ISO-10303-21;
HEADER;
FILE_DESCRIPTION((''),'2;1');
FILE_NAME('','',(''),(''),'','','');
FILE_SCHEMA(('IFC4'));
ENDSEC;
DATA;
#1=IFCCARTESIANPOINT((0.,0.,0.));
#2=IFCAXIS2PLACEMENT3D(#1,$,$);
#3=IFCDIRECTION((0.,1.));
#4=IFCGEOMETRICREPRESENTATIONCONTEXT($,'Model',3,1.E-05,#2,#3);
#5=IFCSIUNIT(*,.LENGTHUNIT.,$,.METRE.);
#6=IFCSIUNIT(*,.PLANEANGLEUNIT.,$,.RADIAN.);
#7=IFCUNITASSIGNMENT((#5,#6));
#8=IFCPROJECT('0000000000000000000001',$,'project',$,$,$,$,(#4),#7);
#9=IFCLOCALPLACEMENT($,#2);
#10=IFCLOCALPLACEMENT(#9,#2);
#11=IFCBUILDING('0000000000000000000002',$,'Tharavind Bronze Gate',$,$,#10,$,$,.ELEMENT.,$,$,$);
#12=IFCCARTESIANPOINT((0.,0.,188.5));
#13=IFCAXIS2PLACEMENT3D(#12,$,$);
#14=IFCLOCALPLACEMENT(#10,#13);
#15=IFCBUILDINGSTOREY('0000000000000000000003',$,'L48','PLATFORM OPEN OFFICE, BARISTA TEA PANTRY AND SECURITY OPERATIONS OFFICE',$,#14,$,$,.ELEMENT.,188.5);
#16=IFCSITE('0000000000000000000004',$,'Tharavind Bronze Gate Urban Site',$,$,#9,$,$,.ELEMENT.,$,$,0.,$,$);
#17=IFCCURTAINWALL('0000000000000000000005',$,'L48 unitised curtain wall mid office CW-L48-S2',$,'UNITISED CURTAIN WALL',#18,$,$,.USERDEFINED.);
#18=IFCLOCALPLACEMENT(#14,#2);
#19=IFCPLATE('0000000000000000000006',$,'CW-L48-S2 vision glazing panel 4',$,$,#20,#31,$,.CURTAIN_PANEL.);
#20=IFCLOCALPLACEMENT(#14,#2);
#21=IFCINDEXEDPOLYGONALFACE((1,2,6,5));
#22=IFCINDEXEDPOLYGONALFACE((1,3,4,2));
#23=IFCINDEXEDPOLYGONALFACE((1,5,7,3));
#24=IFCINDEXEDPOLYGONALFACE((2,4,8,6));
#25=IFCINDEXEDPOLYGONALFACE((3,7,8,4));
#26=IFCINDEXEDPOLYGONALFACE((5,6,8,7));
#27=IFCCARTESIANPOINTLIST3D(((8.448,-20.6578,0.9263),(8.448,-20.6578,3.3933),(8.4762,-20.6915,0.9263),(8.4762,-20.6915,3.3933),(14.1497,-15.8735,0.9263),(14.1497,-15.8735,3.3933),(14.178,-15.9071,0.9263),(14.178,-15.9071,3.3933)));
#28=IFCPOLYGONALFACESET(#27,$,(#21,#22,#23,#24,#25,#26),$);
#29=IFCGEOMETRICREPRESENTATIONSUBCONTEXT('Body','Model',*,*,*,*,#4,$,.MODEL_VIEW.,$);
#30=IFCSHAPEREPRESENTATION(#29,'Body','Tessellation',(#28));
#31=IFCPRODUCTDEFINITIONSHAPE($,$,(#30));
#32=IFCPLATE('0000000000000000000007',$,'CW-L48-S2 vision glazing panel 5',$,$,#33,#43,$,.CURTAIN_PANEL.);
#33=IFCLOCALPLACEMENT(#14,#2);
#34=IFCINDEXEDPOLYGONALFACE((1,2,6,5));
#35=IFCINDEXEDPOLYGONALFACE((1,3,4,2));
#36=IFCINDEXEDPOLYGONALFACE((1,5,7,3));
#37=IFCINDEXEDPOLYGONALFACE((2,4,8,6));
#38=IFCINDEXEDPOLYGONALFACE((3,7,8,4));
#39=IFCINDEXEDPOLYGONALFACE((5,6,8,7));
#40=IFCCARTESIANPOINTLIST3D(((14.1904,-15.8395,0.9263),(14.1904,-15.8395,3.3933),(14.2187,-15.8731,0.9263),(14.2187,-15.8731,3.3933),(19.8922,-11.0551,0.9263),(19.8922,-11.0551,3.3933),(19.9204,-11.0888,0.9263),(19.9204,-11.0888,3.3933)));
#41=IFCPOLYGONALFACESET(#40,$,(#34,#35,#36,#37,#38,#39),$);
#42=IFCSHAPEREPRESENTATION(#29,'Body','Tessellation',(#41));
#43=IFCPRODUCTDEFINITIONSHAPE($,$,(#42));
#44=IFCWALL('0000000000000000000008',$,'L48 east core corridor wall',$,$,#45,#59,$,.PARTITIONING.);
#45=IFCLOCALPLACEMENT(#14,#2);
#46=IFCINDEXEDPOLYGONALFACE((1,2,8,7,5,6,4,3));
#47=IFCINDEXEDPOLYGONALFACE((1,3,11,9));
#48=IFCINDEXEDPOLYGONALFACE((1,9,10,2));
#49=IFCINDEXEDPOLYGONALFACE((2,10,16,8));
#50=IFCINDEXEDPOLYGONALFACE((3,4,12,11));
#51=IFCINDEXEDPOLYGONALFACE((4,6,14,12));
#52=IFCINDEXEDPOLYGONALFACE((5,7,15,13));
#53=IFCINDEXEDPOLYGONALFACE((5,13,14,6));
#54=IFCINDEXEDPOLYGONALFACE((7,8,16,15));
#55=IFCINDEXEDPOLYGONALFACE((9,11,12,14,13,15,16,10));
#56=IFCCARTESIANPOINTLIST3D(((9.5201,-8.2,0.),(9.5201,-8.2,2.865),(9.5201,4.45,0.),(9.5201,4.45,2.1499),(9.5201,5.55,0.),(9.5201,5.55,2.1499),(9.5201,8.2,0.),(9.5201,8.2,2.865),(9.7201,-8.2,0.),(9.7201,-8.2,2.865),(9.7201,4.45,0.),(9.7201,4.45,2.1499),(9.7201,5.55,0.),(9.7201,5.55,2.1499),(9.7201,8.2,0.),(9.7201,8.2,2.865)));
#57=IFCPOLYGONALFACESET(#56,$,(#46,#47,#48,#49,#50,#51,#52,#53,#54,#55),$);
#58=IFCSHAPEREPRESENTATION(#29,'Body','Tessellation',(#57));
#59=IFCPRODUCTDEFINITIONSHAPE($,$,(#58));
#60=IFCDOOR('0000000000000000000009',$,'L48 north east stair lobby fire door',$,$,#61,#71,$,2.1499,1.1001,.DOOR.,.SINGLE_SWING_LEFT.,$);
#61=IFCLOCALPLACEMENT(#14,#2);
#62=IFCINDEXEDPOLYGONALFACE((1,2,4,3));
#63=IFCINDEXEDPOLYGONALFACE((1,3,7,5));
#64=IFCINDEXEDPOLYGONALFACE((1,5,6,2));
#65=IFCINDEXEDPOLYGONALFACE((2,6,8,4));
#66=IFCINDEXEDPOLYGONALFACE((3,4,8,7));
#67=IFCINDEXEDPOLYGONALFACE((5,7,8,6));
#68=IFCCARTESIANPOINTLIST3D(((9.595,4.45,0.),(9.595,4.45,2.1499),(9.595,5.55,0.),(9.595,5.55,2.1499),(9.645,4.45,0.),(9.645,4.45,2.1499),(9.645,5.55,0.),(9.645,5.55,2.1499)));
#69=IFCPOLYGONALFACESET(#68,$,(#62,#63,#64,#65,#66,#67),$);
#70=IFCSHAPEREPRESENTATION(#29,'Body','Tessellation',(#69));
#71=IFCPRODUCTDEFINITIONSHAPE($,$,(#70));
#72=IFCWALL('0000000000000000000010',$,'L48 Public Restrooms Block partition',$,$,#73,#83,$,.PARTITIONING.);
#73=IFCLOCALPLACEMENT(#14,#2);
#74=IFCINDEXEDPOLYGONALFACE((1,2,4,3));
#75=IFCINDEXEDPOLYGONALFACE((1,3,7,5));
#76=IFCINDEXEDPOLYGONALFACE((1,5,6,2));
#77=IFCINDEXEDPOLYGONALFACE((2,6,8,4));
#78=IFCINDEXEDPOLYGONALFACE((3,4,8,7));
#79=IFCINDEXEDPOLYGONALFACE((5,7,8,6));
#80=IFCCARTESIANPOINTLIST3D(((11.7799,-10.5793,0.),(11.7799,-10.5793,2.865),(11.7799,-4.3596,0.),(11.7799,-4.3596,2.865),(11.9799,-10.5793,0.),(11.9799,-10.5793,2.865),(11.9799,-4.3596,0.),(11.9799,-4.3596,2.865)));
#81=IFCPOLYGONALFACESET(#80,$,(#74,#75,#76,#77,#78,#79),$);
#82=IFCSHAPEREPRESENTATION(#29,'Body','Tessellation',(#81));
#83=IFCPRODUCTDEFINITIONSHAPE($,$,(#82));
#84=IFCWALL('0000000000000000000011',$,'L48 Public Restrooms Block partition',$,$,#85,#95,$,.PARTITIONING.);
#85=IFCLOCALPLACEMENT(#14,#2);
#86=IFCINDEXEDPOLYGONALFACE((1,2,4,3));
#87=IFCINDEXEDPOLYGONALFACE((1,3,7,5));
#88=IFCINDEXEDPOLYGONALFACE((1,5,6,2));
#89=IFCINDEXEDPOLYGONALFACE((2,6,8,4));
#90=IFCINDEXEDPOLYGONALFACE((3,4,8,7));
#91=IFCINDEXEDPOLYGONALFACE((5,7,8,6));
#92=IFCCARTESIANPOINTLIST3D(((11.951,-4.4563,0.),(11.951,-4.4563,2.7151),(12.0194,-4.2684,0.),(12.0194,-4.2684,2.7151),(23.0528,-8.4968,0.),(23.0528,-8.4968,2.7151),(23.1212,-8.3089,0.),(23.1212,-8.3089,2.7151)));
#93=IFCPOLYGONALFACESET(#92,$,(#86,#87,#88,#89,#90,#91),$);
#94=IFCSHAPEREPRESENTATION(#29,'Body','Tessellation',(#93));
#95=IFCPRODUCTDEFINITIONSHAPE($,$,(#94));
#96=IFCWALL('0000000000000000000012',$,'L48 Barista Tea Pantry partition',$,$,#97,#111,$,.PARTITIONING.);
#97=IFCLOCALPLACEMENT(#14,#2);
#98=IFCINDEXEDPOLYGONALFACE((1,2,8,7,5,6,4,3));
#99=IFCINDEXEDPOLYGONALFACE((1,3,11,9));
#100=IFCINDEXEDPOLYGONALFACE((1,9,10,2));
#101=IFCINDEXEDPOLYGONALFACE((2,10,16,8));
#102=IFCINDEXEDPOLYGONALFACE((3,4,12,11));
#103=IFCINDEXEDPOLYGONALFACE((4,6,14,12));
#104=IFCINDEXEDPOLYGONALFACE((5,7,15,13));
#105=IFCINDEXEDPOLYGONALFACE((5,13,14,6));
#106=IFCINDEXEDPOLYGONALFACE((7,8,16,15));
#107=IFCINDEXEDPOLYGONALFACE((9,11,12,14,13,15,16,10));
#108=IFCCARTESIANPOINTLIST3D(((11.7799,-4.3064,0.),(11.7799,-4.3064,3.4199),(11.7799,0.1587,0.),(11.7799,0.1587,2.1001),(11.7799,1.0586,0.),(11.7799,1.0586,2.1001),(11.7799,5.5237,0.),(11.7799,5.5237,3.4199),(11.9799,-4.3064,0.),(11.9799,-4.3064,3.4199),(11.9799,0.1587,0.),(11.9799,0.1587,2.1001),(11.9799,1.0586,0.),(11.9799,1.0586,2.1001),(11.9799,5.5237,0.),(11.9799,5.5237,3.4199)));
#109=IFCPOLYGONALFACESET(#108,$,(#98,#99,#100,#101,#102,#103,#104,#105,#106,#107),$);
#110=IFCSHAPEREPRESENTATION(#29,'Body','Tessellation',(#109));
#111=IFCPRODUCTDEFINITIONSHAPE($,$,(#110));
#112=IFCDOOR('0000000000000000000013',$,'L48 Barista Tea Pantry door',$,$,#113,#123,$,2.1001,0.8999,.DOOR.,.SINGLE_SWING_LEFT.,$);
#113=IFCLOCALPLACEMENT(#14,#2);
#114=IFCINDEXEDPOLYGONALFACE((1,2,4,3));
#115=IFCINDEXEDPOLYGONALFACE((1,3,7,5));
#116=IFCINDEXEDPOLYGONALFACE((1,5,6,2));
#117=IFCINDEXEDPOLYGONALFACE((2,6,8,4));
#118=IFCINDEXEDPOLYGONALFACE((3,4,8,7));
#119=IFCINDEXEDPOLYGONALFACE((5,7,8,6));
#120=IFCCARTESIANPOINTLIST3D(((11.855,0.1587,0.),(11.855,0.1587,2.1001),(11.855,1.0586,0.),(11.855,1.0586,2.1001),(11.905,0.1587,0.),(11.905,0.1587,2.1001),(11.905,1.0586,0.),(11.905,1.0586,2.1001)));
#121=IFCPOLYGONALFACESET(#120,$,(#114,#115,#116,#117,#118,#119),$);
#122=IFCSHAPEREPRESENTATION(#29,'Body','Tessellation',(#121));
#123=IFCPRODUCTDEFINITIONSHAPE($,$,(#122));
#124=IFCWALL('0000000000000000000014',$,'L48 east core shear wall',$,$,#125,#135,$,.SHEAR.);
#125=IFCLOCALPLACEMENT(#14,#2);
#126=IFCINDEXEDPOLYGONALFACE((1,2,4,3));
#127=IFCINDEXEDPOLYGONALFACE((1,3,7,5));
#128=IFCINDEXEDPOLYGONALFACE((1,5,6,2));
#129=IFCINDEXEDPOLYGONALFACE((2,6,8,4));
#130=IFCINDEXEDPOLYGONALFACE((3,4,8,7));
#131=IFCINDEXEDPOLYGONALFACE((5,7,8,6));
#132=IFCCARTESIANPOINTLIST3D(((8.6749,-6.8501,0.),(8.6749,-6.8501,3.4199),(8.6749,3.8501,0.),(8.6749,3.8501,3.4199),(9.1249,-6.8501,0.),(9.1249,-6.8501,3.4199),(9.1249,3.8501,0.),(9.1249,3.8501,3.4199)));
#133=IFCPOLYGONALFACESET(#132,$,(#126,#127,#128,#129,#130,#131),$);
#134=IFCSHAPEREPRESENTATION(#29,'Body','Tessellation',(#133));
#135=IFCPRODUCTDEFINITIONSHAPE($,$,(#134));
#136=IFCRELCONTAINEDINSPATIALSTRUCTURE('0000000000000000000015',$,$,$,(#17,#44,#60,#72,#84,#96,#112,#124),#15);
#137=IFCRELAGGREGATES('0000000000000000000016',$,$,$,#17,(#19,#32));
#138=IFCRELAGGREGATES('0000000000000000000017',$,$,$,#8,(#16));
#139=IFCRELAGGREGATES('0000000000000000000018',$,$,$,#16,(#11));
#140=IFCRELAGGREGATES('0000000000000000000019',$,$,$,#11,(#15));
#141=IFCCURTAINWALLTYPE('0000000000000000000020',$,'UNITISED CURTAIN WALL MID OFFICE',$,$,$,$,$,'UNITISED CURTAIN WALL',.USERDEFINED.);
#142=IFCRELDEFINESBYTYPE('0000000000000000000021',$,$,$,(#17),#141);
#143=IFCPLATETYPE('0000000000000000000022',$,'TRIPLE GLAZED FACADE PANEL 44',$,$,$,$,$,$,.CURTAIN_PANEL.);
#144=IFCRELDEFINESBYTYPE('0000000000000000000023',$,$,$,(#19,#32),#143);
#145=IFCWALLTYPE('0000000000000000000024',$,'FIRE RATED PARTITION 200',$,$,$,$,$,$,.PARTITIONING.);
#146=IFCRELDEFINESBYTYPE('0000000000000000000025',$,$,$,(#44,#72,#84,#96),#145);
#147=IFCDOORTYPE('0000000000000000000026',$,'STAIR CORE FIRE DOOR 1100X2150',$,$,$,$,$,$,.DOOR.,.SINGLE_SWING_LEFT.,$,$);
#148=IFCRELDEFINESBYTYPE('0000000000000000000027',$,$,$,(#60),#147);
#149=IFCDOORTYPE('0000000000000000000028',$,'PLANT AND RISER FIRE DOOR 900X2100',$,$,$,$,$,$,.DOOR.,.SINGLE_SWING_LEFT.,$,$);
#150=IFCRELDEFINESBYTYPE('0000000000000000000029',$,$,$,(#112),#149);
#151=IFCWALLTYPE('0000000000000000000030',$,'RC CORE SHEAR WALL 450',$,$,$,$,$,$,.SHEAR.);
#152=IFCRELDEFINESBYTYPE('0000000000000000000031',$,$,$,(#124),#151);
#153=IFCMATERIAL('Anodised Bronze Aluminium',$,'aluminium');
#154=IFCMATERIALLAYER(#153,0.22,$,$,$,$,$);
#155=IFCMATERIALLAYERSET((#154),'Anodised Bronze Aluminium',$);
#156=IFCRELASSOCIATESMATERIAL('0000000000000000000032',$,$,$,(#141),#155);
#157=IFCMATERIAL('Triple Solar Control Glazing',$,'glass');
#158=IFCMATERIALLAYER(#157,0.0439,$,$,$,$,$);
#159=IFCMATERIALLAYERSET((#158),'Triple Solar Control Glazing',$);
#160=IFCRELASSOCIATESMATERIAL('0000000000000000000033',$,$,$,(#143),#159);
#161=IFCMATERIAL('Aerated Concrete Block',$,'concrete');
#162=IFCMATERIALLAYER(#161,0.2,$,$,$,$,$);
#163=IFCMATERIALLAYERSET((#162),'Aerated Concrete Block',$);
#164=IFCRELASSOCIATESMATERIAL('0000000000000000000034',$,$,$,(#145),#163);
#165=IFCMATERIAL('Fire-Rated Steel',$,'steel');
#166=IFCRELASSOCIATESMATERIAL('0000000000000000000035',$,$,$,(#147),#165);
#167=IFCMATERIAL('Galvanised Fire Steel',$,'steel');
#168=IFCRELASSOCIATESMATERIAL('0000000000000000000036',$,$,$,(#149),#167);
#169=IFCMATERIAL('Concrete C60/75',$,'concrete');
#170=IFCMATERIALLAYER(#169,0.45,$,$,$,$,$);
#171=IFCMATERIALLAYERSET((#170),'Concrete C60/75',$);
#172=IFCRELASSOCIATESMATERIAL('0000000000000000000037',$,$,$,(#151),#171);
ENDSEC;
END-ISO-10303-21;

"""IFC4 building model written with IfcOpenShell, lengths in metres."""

from ifc_helpers import new_model, si_unit, direction, frame, frame_2d, origin, origin_2d, place, context, subcontext, project, spatial, rectangle, extrude, material, layer, layer_set, type_object, element, fill, aggregate, save


model = new_model("IFC4")

# Units and contexts
model_context = context("Model", 3, precision=1e-05, world=origin(), true_north=direction((0.0, 1.0)))
body_context = subcontext(model_context, "Body", "Model", "MODEL_VIEW")
ifc_project = project(units=[si_unit("LENGTHUNIT", "METRE"), si_unit("PLANEANGLEUNIT", "RADIAN")], contexts=[model_context])

# Site, building, storey
site_placement = place(None, origin())
site = spatial("IfcSite", under=ifc_project, at=site_placement, Name="Tharavind Bronze Gate Urban Site", CompositionType="ELEMENT", RefElevation=0.0)
building_placement = place(site_placement, origin())
building = spatial("IfcBuilding", under=site, at=building_placement, Name="Tharavind Bronze Gate", CompositionType="ELEMENT")
storey_placement = place(building_placement, frame((0.0, 0.0, 188.5)))
storey = spatial("IfcBuildingStorey", under=building, at=storey_placement, Name="L48", Description="PLATFORM OPEN OFFICE, BARISTA TEA PANTRY AND SECURITY OPERATIONS OFFICE", CompositionType="ELEMENT", Elevation=188.5)

# Curtain wall
ifc_material_1 = material(Name="Anodised Bronze Aluminium", Category="aluminium")
ifc_layer_1 = layer(ifc_material_1, 0.22)
ifc_layer_set_1 = layer_set([ifc_layer_1], Name="Anodised Bronze Aluminium")
curtain_wall_type = type_object("IfcCurtainWallType", Name="UNITISED CURTAIN WALL MID OFFICE", ElementType="UNITISED CURTAIN WALL", PredefinedType="USERDEFINED", material=ifc_layer_set_1)
curtain_wall_placement = place(storey_placement, origin())
curtain_wall = element("IfcCurtainWall", 1, at=curtain_wall_placement, inside=storey, type_object=curtain_wall_type, Name="L48 unitised curtain wall mid office CW-L48-S2", ObjectType="UNITISED CURTAIN WALL", PredefinedType="USERDEFINED")

# Plates
ifc_material_2 = material(Name="Triple Solar Control Glazing", Category="glass")
ifc_layer_2 = layer(ifc_material_2, 0.0439)
ifc_layer_set_2 = layer_set([ifc_layer_2], Name="Triple Solar Control Glazing")
plate_type_1 = type_object("IfcPlateType", Name="TRIPLE GLAZED FACADE PANEL 44", PredefinedType="CURTAIN_PANEL", material=ifc_layer_set_2)
plate_1_placement = place(storey_placement, frame((11.313, -18.2825, 0.9263), z_axis=(0.0, 0.0, 1.0), x_axis=(0.766043, 0.642789, 0.0)))
plate_1 = element("IfcPlate", 2, at=plate_1_placement, type_object=plate_type_1, Name="CW-L48-S2 vision glazing panel 4", PredefinedType="CURTAIN_PANEL", context=body_context, shape_type="SweptSolid", body=[
    extrude(rectangle(XDim=7.4431, YDim=0.0439, at=origin_2d()), origin(), (0.0, 0.0, 1.0), 2.467),
])
plate_2_placement = place(storey_placement, frame((17.0554, -13.4641, 0.9263), z_axis=(0.0, 0.0, 1.0), x_axis=(0.766043, 0.642789, 0.0)))
plate_2 = element("IfcPlate", 3, at=plate_2_placement, type_object=plate_type_1, Name="CW-L48-S2 vision glazing panel 5", PredefinedType="CURTAIN_PANEL", context=body_context, shape_type="SweptSolid", body=[
    extrude(rectangle(XDim=7.4431, YDim=0.0439, at=origin_2d()), origin(), (0.0, 0.0, 1.0), 2.467),
])
aggregate(curtain_wall, [plate_1, plate_2])

# Wall, opening, door
ifc_material_3 = material(Name="Aerated Concrete Block", Category="concrete")
ifc_layer_3 = layer(ifc_material_3, 0.2)
ifc_layer_set_3 = layer_set([ifc_layer_3], Name="Aerated Concrete Block")
wall_type_1 = type_object("IfcWallType", Name="FIRE RATED PARTITION 200", PredefinedType="PARTITIONING", material=ifc_layer_set_3)
wall_1_placement = place(storey_placement, frame((9.6201, -8.2, 0.0), z_axis=(0.0, 0.0, 1.0), x_axis=(0.0, 1.0, 0.0)))
wall_1 = element("IfcWall", 4, at=wall_1_placement, inside=storey, type_object=wall_type_1, Name="L48 east core corridor wall", PredefinedType="PARTITIONING", context=body_context, shape_type="SweptSolid", body=[
    extrude(rectangle(XDim=16.3999, YDim=0.2, at=frame_2d((8.2, 0.0))), origin(), (0.0, 0.0, 1.0), 2.865),
])
opening_1_placement = place(wall_1_placement, frame((12.6499, 0.0, 0.0)))
opening_1 = element("IfcOpeningElement", 5, at=opening_1_placement, cuts=wall_1, PredefinedType="OPENING", context=body_context, shape_type="SweptSolid", body=[
    extrude(rectangle(XDim=1.1001, YDim=2.1499, at=frame_2d((0.55, 1.075))), frame((0.0, 0.1101, 0.0), z_axis=(0.0, -1.0, 0.0), x_axis=(1.0, 0.0, 0.0)), (0.0, 0.0, 1.0), 0.22),
])
ifc_material_4 = material(Name="Fire-Rated Steel", Category="steel")
door_type_1 = type_object("IfcDoorType", Name="STAIR CORE FIRE DOOR 1100X2150", OperationType="SINGLE_SWING_LEFT", PredefinedType="DOOR", material=ifc_material_4)
door_1_placement = place(opening_1_placement, frame((1.1001, 0.0, 0.0), z_axis=(0.0, 0.0, 1.0), x_axis=(-1.0, 0.0, 0.0)))
door_1 = element("IfcDoor", 6, at=door_1_placement, inside=storey, type_object=door_type_1, Name="L48 north east stair lobby fire door", OperationType="SINGLE_SWING_LEFT", OverallHeight=2.1499, OverallWidth=1.1001, PredefinedType="DOOR", context=body_context, shape_type="SweptSolid", body=[
    extrude(rectangle(XDim=1.1001, YDim=2.1499, at=frame_2d((0.55, 1.075))), frame((0.0, 0.0249, 0.0), z_axis=(0.0, -1.0, 0.0), x_axis=(1.0, 0.0, 0.0)), (0.0, 0.0, 1.0), 0.05),
])
fill(opening_1, door_1)

# Walls
wall_2_placement = place(storey_placement, frame((11.8799, -10.5793, 0.0), z_axis=(0.0, 0.0, 1.0), x_axis=(0.0, 1.0, 0.0)))
element("IfcWall", 7, at=wall_2_placement, inside=storey, type_object=wall_type_1, Name="L48 Public Restrooms Block partition", PredefinedType="PARTITIONING", context=body_context, shape_type="SweptSolid", body=[
    extrude(rectangle(XDim=6.2197, YDim=0.2, at=frame_2d((3.1099, 0.0))), origin(), (0.0, 0.0, 1.0), 2.865),
])
wall_3_placement = place(storey_placement, frame((11.9851, -4.3623, 0.0), z_axis=(0.0, 0.0, 1.0), x_axis=(0.939698, -0.342005, 0.0)))
element("IfcWall", 8, at=wall_3_placement, inside=storey, type_object=wall_type_1, Name="L48 Public Restrooms Block partition", PredefinedType="PARTITIONING", context=body_context, shape_type="SweptSolid", body=[
    extrude(rectangle(XDim=11.8142, YDim=0.2, at=frame_2d((5.9072, 0.0))), origin(), (0.0, 0.0, 1.0), 2.7151),
])

# Wall, opening, door
wall_4_placement = place(storey_placement, frame((11.8799, -4.3064, 0.0), z_axis=(0.0, 0.0, 1.0), x_axis=(0.0, 1.0, 0.0)))
wall_4 = element("IfcWall", 9, at=wall_4_placement, inside=storey, type_object=wall_type_1, Name="L48 Barista Tea Pantry partition", PredefinedType="PARTITIONING", context=body_context, shape_type="SweptSolid", body=[
    extrude(rectangle(XDim=9.8301, YDim=0.2, at=frame_2d((4.915, 0.0))), origin(), (0.0, 0.0, 1.0), 3.4199),
])
opening_2_placement = place(wall_4_placement, frame((4.4651, 0.0, 0.0)))
opening_2 = element("IfcOpeningElement", 10, at=opening_2_placement, cuts=wall_4, PredefinedType="OPENING", context=body_context, shape_type="SweptSolid", body=[
    extrude(rectangle(XDim=0.8999, YDim=2.1001, at=frame_2d((0.45, 1.05))), frame((0.0, 0.1101, 0.0), z_axis=(0.0, -1.0, 0.0), x_axis=(1.0, 0.0, 0.0)), (0.0, 0.0, 1.0), 0.22),
])
ifc_material_5 = material(Name="Galvanised Fire Steel", Category="steel")
door_type_2 = type_object("IfcDoorType", Name="PLANT AND RISER FIRE DOOR 900X2100", OperationType="SINGLE_SWING_LEFT", PredefinedType="DOOR", material=ifc_material_5)
door_2_placement = place(opening_2_placement, origin())
door_2 = element("IfcDoor", 11, at=door_2_placement, inside=storey, type_object=door_type_2, Name="L48 Barista Tea Pantry door", OperationType="SINGLE_SWING_LEFT", OverallHeight=2.1001, OverallWidth=0.8999, PredefinedType="DOOR", context=body_context, shape_type="SweptSolid", body=[
    extrude(rectangle(XDim=0.8999, YDim=2.1001, at=frame_2d((0.45, 1.05))), frame((0.0, 0.0249, 0.0), z_axis=(0.0, -1.0, 0.0), x_axis=(1.0, 0.0, 0.0)), (0.0, 0.0, 1.0), 0.05),
])
fill(opening_2, door_2)

# Wall
ifc_material_6 = material(Name="Concrete C60/75", Category="concrete")
ifc_layer_4 = layer(ifc_material_6, 0.45)
ifc_layer_set_4 = layer_set([ifc_layer_4], Name="Concrete C60/75")
wall_type_2 = type_object("IfcWallType", Name="RC CORE SHEAR WALL 450", PredefinedType="SHEAR", material=ifc_layer_set_4)
wall_5_placement = place(storey_placement, frame((8.8999, -6.8501, 0.0), z_axis=(0.0, 0.0, 1.0), x_axis=(0.0, 1.0, 0.0)))
element("IfcWall", 12, at=wall_5_placement, inside=storey, type_object=wall_type_2, Name="L48 east core shear wall", PredefinedType="SHEAR", context=body_context, shape_type="SweptSolid", body=[
    extrude(rectangle(XDim=10.7002, YDim=0.45, at=frame_2d((5.3501, 0.0))), origin(), (0.0, 0.0, 1.0), 3.4199),
])

save(model, "model.ifc")
